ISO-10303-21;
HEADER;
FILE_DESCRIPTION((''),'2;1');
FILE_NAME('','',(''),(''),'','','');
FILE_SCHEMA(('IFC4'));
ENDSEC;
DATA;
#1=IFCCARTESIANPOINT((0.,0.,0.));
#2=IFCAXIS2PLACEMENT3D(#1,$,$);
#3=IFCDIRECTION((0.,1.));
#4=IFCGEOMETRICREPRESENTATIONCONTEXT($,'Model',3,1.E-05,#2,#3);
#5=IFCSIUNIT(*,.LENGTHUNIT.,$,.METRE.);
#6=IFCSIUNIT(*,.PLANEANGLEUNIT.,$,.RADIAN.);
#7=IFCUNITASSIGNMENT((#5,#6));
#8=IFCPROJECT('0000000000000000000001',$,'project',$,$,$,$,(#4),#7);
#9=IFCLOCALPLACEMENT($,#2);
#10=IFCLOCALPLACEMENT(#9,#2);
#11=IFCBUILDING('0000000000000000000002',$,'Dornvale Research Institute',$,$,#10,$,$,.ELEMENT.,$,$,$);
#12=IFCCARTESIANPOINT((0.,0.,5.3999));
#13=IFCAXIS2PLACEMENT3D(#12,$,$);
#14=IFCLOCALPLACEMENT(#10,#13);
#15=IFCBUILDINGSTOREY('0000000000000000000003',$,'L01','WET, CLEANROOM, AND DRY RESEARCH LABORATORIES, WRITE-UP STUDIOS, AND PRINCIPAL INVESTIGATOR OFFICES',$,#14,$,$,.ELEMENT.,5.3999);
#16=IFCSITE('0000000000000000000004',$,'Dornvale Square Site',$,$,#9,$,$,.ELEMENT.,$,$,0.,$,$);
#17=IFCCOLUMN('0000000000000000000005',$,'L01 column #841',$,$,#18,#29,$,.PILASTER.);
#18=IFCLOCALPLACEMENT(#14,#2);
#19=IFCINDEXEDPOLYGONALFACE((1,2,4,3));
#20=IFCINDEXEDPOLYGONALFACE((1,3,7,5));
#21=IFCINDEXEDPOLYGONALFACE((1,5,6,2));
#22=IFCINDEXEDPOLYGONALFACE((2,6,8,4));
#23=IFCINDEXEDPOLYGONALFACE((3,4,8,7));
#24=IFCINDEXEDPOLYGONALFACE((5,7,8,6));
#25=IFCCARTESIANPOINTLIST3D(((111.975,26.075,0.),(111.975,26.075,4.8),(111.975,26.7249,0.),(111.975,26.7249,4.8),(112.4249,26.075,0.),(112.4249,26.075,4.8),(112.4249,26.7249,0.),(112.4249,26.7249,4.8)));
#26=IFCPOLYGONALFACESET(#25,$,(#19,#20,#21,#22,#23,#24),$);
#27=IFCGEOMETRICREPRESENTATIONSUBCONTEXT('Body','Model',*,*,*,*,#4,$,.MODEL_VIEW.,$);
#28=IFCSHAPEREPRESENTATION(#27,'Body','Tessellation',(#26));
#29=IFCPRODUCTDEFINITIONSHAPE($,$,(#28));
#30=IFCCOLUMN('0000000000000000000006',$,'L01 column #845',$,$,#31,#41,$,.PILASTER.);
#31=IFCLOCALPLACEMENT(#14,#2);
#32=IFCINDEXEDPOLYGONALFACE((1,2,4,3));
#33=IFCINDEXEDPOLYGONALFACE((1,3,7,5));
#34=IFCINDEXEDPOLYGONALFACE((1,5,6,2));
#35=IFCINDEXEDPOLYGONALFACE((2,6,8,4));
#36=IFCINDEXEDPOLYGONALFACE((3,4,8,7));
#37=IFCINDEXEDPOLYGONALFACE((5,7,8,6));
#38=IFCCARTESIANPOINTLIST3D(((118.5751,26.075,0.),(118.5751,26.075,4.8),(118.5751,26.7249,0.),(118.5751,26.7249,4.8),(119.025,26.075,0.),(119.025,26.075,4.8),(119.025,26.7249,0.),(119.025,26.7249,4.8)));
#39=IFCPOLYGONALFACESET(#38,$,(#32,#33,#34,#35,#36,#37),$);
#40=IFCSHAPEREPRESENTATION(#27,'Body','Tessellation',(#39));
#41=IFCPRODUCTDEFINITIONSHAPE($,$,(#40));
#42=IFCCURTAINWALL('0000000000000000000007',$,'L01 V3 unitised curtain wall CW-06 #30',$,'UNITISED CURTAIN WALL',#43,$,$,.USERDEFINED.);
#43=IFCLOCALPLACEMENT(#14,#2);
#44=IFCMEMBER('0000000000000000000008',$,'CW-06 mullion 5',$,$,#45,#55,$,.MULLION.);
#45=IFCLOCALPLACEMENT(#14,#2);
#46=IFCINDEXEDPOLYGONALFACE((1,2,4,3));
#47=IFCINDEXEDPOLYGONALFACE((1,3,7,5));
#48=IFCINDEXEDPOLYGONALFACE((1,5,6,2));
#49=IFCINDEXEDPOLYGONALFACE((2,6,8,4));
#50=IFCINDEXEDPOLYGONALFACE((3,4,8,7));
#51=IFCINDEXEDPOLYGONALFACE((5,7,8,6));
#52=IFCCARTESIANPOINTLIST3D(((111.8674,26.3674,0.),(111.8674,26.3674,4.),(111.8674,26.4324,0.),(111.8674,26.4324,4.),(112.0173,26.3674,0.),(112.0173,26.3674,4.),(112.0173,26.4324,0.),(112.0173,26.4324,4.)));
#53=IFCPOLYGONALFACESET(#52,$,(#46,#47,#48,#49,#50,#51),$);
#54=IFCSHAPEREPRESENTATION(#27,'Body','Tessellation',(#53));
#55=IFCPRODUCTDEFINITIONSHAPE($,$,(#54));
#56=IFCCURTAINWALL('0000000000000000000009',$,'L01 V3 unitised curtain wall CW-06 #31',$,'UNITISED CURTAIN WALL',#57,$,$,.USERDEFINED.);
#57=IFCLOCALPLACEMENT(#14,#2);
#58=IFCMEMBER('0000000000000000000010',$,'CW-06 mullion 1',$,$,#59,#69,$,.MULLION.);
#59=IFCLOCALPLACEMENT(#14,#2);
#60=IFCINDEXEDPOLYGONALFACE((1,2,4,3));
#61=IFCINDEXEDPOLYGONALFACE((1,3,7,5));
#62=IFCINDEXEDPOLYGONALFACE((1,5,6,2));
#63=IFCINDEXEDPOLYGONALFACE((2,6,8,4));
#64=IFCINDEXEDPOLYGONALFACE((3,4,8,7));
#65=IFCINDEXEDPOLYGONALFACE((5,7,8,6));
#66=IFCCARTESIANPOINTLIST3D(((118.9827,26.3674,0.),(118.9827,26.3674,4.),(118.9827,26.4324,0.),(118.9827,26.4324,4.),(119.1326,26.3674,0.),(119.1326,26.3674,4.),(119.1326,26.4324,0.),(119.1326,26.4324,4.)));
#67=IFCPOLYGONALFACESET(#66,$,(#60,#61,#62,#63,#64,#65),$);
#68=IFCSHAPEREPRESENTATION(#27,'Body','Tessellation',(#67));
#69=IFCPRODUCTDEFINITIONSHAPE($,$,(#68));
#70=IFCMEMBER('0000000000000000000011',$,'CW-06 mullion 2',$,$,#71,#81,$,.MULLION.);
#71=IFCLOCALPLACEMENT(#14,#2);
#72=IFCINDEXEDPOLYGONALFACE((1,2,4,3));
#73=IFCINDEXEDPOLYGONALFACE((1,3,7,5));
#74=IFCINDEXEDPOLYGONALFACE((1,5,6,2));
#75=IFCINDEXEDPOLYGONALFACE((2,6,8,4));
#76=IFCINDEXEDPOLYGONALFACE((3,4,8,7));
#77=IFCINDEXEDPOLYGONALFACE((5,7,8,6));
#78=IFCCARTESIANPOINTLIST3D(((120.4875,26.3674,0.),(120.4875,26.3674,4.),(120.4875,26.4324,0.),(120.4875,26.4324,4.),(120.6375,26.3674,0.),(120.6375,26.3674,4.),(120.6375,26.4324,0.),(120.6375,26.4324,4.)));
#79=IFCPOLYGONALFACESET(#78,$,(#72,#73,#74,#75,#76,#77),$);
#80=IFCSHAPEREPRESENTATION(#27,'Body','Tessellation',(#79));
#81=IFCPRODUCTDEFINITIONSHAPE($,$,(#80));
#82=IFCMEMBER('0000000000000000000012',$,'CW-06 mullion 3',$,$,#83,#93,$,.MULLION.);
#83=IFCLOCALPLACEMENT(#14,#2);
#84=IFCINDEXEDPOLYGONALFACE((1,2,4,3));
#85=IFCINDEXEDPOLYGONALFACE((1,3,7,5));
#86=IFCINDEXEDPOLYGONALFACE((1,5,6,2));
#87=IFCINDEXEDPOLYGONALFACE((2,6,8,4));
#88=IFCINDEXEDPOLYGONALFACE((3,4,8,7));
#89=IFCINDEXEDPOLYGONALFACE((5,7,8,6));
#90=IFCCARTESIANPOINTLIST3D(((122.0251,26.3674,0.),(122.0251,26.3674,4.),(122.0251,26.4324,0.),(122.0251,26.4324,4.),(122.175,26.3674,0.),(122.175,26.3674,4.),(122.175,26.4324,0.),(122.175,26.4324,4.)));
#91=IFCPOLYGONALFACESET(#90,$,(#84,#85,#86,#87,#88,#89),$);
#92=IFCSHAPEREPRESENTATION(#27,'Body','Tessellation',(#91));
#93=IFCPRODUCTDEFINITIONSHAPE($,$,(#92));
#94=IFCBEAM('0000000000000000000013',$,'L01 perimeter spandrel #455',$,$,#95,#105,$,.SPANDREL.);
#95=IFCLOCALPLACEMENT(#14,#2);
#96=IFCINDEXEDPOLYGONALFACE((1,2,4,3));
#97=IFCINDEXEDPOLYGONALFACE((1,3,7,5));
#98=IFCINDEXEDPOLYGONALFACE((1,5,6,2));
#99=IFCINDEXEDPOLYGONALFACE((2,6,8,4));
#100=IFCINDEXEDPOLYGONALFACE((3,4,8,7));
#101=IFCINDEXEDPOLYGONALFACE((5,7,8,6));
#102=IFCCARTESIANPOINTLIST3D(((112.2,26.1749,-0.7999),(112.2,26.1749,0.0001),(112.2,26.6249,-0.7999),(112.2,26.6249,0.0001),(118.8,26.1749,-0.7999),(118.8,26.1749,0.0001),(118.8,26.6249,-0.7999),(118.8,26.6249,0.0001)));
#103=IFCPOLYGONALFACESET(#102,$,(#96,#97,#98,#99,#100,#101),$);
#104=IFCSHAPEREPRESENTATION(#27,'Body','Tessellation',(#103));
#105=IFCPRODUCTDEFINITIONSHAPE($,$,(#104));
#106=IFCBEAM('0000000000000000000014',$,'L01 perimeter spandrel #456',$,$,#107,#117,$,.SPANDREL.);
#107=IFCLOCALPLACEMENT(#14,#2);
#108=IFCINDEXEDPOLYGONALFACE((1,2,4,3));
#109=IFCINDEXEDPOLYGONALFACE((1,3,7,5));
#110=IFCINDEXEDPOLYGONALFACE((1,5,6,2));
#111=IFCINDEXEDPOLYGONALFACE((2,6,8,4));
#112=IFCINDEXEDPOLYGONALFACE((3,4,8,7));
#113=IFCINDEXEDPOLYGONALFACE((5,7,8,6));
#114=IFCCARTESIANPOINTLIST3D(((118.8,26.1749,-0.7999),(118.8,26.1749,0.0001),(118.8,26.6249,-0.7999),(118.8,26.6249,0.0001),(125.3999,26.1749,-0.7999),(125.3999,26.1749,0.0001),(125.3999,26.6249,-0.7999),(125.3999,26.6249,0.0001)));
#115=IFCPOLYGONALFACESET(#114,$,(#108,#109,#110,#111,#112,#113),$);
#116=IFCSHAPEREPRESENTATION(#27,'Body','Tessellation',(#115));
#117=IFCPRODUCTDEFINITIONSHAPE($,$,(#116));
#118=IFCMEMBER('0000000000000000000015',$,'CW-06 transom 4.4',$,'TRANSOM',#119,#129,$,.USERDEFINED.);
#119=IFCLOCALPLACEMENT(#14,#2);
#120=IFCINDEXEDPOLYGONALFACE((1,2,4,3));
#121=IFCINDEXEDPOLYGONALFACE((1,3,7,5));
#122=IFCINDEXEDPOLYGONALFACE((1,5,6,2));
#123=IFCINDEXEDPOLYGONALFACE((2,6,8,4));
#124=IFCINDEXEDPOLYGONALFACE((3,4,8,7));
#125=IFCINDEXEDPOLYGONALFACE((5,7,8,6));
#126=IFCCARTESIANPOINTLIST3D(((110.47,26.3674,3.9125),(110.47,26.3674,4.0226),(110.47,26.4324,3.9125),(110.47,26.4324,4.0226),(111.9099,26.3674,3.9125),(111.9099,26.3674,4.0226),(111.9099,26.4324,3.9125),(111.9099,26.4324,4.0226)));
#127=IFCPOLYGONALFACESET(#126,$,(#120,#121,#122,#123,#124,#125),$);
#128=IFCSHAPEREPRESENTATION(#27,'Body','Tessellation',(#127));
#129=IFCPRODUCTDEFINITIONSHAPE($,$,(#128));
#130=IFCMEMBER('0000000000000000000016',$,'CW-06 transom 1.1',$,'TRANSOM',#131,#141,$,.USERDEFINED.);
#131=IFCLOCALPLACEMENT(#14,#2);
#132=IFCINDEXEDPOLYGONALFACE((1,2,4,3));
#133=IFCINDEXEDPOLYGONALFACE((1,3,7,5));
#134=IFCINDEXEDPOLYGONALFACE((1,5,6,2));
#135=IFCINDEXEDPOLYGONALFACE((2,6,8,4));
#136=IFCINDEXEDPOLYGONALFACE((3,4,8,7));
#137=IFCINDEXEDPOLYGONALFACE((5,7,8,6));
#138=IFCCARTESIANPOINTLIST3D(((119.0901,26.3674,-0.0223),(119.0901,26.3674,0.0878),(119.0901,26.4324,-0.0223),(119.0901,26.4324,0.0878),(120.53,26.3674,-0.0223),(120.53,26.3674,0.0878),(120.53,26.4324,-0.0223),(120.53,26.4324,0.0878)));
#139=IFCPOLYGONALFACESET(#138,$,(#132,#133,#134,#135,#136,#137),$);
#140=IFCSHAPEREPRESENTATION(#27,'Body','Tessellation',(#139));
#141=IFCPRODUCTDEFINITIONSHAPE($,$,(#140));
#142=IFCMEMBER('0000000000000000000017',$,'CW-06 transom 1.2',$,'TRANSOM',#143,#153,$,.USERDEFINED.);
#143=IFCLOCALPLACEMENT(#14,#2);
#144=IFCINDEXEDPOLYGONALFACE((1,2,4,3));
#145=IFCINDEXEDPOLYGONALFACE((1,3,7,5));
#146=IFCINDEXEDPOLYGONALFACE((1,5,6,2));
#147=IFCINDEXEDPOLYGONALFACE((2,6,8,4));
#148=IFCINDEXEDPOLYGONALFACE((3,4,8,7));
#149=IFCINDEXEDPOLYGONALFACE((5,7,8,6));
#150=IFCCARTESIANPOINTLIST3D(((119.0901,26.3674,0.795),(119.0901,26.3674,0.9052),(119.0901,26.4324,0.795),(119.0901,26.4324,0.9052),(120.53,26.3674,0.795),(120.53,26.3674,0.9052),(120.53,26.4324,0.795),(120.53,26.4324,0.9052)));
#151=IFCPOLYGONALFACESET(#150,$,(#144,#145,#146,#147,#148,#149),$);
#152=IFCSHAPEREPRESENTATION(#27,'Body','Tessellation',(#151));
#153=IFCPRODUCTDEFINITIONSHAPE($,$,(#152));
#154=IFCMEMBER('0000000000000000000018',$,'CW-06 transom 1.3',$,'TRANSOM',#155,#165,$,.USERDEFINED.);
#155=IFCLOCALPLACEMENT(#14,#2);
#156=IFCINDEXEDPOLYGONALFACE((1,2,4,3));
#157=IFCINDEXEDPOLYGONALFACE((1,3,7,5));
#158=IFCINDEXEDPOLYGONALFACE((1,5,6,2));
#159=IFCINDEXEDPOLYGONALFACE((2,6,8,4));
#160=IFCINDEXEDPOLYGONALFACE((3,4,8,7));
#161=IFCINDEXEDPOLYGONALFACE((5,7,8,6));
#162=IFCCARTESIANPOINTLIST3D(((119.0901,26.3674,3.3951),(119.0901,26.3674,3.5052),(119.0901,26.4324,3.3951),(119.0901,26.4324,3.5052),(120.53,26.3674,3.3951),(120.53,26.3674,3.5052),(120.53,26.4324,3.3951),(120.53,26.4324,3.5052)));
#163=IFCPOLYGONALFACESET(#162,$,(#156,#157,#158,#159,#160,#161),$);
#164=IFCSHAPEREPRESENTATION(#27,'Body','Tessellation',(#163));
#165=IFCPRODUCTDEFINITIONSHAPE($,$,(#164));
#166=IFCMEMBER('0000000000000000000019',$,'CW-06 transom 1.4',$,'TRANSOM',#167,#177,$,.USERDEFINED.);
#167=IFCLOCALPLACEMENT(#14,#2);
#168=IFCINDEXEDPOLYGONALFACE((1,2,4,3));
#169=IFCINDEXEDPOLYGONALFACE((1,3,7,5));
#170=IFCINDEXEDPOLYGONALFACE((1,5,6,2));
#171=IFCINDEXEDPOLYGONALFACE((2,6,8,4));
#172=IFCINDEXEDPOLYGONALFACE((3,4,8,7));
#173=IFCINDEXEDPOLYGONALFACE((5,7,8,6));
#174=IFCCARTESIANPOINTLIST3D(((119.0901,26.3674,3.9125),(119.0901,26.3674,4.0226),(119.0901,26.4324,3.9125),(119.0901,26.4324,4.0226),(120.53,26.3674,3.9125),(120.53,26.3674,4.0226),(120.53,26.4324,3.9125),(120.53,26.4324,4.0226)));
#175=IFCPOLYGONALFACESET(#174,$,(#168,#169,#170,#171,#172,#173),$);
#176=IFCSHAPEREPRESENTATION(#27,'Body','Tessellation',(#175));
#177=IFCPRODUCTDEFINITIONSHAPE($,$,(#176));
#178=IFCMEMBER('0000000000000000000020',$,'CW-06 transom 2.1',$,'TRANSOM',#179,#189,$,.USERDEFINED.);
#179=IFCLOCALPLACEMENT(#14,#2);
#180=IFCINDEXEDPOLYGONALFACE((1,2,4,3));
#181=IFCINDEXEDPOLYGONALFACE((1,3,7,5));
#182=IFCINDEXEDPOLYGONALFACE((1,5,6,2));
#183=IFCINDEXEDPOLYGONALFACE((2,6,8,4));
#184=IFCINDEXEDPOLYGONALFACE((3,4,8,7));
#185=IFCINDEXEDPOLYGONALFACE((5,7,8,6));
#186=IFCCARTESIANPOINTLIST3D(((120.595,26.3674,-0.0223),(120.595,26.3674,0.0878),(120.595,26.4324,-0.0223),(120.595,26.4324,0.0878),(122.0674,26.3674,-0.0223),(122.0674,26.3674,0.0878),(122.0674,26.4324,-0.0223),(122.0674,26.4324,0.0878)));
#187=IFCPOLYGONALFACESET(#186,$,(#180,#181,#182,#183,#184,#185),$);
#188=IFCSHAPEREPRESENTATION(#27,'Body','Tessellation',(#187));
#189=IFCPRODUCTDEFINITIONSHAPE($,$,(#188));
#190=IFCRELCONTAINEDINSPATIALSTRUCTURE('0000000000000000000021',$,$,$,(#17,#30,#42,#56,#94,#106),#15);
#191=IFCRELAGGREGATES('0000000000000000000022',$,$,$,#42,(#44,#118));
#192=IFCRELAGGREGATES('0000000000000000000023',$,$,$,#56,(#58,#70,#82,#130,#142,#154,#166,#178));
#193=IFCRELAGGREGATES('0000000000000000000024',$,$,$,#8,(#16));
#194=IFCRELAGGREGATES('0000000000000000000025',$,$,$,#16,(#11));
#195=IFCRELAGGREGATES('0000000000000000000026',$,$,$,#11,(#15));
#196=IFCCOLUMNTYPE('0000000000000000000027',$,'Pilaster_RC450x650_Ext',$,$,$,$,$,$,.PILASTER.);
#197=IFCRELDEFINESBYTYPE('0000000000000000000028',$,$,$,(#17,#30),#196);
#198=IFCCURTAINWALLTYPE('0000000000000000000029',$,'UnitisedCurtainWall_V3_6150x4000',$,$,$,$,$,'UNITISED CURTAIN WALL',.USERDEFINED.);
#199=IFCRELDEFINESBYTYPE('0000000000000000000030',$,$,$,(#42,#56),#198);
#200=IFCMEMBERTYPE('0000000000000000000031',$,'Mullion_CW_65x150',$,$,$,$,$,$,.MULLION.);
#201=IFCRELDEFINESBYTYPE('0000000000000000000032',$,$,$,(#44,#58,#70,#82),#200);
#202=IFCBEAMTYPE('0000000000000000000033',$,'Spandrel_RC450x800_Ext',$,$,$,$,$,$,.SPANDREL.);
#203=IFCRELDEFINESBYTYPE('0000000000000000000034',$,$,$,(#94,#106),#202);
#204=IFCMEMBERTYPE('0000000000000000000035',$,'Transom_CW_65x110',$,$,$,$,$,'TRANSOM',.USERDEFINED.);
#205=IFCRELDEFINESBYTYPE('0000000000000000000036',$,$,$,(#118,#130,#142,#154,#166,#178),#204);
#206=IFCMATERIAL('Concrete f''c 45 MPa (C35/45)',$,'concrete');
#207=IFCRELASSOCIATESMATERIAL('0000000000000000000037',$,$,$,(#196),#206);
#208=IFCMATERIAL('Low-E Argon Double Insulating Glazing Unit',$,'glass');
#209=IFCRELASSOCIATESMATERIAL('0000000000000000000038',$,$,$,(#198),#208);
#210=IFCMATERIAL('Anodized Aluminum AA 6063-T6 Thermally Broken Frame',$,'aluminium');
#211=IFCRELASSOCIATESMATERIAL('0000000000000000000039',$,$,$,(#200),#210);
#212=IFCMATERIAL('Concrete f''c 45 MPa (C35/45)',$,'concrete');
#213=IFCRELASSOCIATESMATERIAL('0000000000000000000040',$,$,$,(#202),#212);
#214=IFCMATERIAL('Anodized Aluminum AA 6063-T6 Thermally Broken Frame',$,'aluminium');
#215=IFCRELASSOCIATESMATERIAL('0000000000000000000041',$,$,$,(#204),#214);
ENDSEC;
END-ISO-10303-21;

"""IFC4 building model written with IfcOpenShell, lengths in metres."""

from ifc_helpers import new_model, si_unit, direction, frame, origin, origin_2d, place, context, subcontext, project, spatial, rectangle, extrude, material, material_profile, profile_set, type_object, element, aggregate, save


model = new_model("IFC4")

# Units and contexts
model_context = context("Model", 3, precision=1e-05, world=origin(), true_north=direction((0.0, 1.0)))
body_context = subcontext(model_context, "Body", "Model", "MODEL_VIEW")
ifc_project = project(units=[si_unit("LENGTHUNIT", "METRE"), si_unit("PLANEANGLEUNIT", "RADIAN")], contexts=[model_context])

# Site, building, storey
site_placement = place(None, origin())
site = spatial("IfcSite", under=ifc_project, at=site_placement, Name="Dornvale Square Site", CompositionType="ELEMENT", RefElevation=0.0)
building_placement = place(site_placement, origin())
building = spatial("IfcBuilding", under=site, at=building_placement, Name="Dornvale Research Institute", CompositionType="ELEMENT")
storey_placement = place(building_placement, frame((0.0, 0.0, 5.3999)))
storey = spatial("IfcBuildingStorey", under=building, at=storey_placement, Name="L01", Description="WET, CLEANROOM, AND DRY RESEARCH LABORATORIES, WRITE-UP STUDIOS, AND PRINCIPAL INVESTIGATOR OFFICES", CompositionType="ELEMENT", Elevation=5.3999)

# Columns
ifc_material_1 = material(Name="Concrete f'c 45 MPa (C35/45)", Category="concrete")
ifc_material_profile_1 = material_profile(ifc_material_1, rectangle(XDim=0.45, YDim=0.6499, at=origin_2d()), Name="RC 450x650")
ifc_profile_set_1 = profile_set([ifc_material_profile_1], Name="Concrete f'c 45 MPa (C35/45)")
column_type = type_object("IfcColumnType", Name="Pilaster_RC450x650_Ext", PredefinedType="PILASTER", material=ifc_profile_set_1)
for number, where, z_axis, x_axis, name in (
    (1, (112.2, 26.3999, 0.0), (0.0, 0.0, 1.0), (1.0, 0.0, 0.0), "L01 column #841"),
    (2, (118.8, 26.3999, 0.0), (0.0, 0.0, 1.0), (1.0, 0.0, 0.0), "L01 column #845"),
):
    element("IfcColumn", number, at=place(storey_placement, frame(where, z_axis=z_axis, x_axis=x_axis)), inside=storey, type_object=column_type, Name=name, PredefinedType="PILASTER", context=body_context, shape_type="SweptSolid", body=[
        extrude(rectangle(XDim=0.45, YDim=0.6499, at=origin_2d()), origin(), (0.0, 0.0, 1.0), 4.8),
    ])

# Curtain wall, member
ifc_material_2 = material(Name="Low-E Argon Double Insulating Glazing Unit", Category="glass")
curtain_wall_type = type_object("IfcCurtainWallType", Name="UnitisedCurtainWall_V3_6150x4000", ElementType="UNITISED CURTAIN WALL", PredefinedType="USERDEFINED", material=ifc_material_2)
curtain_wall_1_placement = place(storey_placement, origin())
curtain_wall_1 = element("IfcCurtainWall", 3, at=curtain_wall_1_placement, inside=storey, type_object=curtain_wall_type, Name="L01 V3 unitised curtain wall CW-06 #30", ObjectType="UNITISED CURTAIN WALL", PredefinedType="USERDEFINED")
ifc_material_3 = material(Name="Anodized Aluminum AA 6063-T6 Thermally Broken Frame", Category="aluminium")
ifc_material_profile_2 = material_profile(ifc_material_3, rectangle(XDim=0.0649, YDim=0.1499, at=origin_2d()), Name="ALU MULLION 65x150")
ifc_profile_set_2 = profile_set([ifc_material_profile_2], Name="Anodized Aluminum AA 6063-T6 Thermally Broken Frame")
member_type_1 = type_object("IfcMemberType", Name="Mullion_CW_65x150", PredefinedType="MULLION", material=ifc_profile_set_2)
member_1_placement = place(storey_placement, frame((111.9424, 26.3999, 0.0), z_axis=(0.0, 0.0, 1.0), x_axis=(0.0, 1.0, 0.0)))
member_1 = element("IfcMember", 4, at=member_1_placement, type_object=member_type_1, Name="CW-06 mullion 5", PredefinedType="MULLION", context=body_context, shape_type="SweptSolid", body=[
    extrude(rectangle(XDim=0.0649, YDim=0.1499, at=origin_2d()), origin(), (0.0, 0.0, 1.0), 4.0),
])

# Curtain wall, members
curtain_wall_2_placement = place(storey_placement, origin())
curtain_wall_2 = element("IfcCurtainWall", 5, at=curtain_wall_2_placement, inside=storey, type_object=curtain_wall_type, Name="L01 V3 unitised curtain wall CW-06 #31", ObjectType="UNITISED CURTAIN WALL", PredefinedType="USERDEFINED")
member_2_placement = place(storey_placement, frame((119.0576, 26.3999, 0.0), z_axis=(0.0, 0.0, 1.0), x_axis=(0.0, 1.0, 0.0)))
member_2 = element("IfcMember", 6, at=member_2_placement, type_object=member_type_1, Name="CW-06 mullion 1", PredefinedType="MULLION", context=body_context, shape_type="SweptSolid", body=[
    extrude(rectangle(XDim=0.0649, YDim=0.1499, at=origin_2d()), origin(), (0.0, 0.0, 1.0), 4.0),
])
member_3_placement = place(storey_placement, frame((120.5625, 26.3999, 0.0), z_axis=(0.0, 0.0, 1.0), x_axis=(0.0, 1.0, 0.0)))
member_3 = element("IfcMember", 7, at=member_3_placement, type_object=member_type_1, Name="CW-06 mullion 2", PredefinedType="MULLION", context=body_context, shape_type="SweptSolid", body=[
    extrude(rectangle(XDim=0.0649, YDim=0.1499, at=origin_2d()), origin(), (0.0, 0.0, 1.0), 4.0),
])
member_4_placement = place(storey_placement, frame((122.1001, 26.3999, 0.0), z_axis=(0.0, 0.0, 1.0), x_axis=(0.0, 1.0, 0.0)))
member_4 = element("IfcMember", 8, at=member_4_placement, type_object=member_type_1, Name="CW-06 mullion 3", PredefinedType="MULLION", context=body_context, shape_type="SweptSolid", body=[
    extrude(rectangle(XDim=0.0649, YDim=0.1499, at=origin_2d()), origin(), (0.0, 0.0, 1.0), 4.0),
])

# Beams
ifc_material_4 = material(Name="Concrete f'c 45 MPa (C35/45)", Category="concrete")
ifc_material_profile_3 = material_profile(ifc_material_4, rectangle(XDim=0.45, YDim=0.8, at=origin_2d()), Name="RC 450x800")
ifc_profile_set_3 = profile_set([ifc_material_profile_3], Name="Concrete f'c 45 MPa (C35/45)")
beam_type = type_object("IfcBeamType", Name="Spandrel_RC450x800_Ext", PredefinedType="SPANDREL", material=ifc_profile_set_3)
beam_1_placement = place(storey_placement, frame((112.2, 26.3999, -0.3999), z_axis=(1.0, 0.0, 0.0), x_axis=(0.0, 1.0, 0.0)))
element("IfcBeam", 9, at=beam_1_placement, inside=storey, type_object=beam_type, Name="L01 perimeter spandrel #455", PredefinedType="SPANDREL", context=body_context, shape_type="SweptSolid", body=[
    extrude(rectangle(XDim=0.45, YDim=0.8, at=origin_2d()), origin(), (0.0, 0.0, 1.0), 6.6001),
])
beam_2_placement = place(storey_placement, frame((118.8, 26.3999, -0.3999), z_axis=(1.0, 0.0, 0.0), x_axis=(0.0, 1.0, 0.0)))
element("IfcBeam", 10, at=beam_2_placement, inside=storey, type_object=beam_type, Name="L01 perimeter spandrel #456", PredefinedType="SPANDREL", context=body_context, shape_type="SweptSolid", body=[
    extrude(rectangle(XDim=0.45, YDim=0.8, at=origin_2d()), origin(), (0.0, 0.0, 1.0), 6.5999),
])

# Members
ifc_material_5 = material(Name="Anodized Aluminum AA 6063-T6 Thermally Broken Frame", Category="aluminium")
ifc_material_profile_4 = material_profile(ifc_material_5, rectangle(XDim=0.0649, YDim=0.1101, at=origin_2d()), Name="ALU TRANSOM 65x110")
ifc_profile_set_4 = profile_set([ifc_material_profile_4], Name="Anodized Aluminum AA 6063-T6 Thermally Broken Frame")
member_type_2 = type_object("IfcMemberType", Name="Transom_CW_65x110", ElementType="TRANSOM", PredefinedType="USERDEFINED", material=ifc_profile_set_4)
member_5_placement = place(storey_placement, frame((110.47, 26.3999, 3.9675), z_axis=(1.0, 0.0, 0.0), x_axis=(0.0, 1.0, 0.0)))
member_5 = element("IfcMember", 11, at=member_5_placement, type_object=member_type_2, Name="CW-06 transom 4.4", ObjectType="TRANSOM", PredefinedType="USERDEFINED", context=body_context, shape_type="SweptSolid", body=[
    extrude(rectangle(XDim=0.0649, YDim=0.1101, at=origin_2d()), origin(), (0.0, 0.0, 1.0), 1.4399),
])
member_6_placement = place(storey_placement, frame((119.0901, 26.3999, 0.0327), z_axis=(1.0, 0.0, 0.0), x_axis=(0.0, 1.0, 0.0)))
member_6 = element("IfcMember", 12, at=member_6_placement, type_object=member_type_2, Name="CW-06 transom 1.1", ObjectType="TRANSOM", PredefinedType="USERDEFINED", context=body_context, shape_type="SweptSolid", body=[
    extrude(rectangle(XDim=0.0649, YDim=0.1101, at=origin_2d()), origin(), (0.0, 0.0, 1.0), 1.4399),
])
member_7_placement = place(storey_placement, frame((119.0901, 26.3999, 0.8501), z_axis=(1.0, 0.0, 0.0), x_axis=(0.0, 1.0, 0.0)))
member_7 = element("IfcMember", 13, at=member_7_placement, type_object=member_type_2, Name="CW-06 transom 1.2", ObjectType="TRANSOM", PredefinedType="USERDEFINED", context=body_context, shape_type="SweptSolid", body=[
    extrude(rectangle(XDim=0.0649, YDim=0.1101, at=origin_2d()), origin(), (0.0, 0.0, 1.0), 1.4399),
])
member_8_placement = place(storey_placement, frame((119.0901, 26.3999, 3.4502), z_axis=(1.0, 0.0, 0.0), x_axis=(0.0, 1.0, 0.0)))
member_8 = element("IfcMember", 14, at=member_8_placement, type_object=member_type_2, Name="CW-06 transom 1.3", ObjectType="TRANSOM", PredefinedType="USERDEFINED", context=body_context, shape_type="SweptSolid", body=[
    extrude(rectangle(XDim=0.0649, YDim=0.1101, at=origin_2d()), origin(), (0.0, 0.0, 1.0), 1.4399),
])
member_9_placement = place(storey_placement, frame((119.0901, 26.3999, 3.9675), z_axis=(1.0, 0.0, 0.0), x_axis=(0.0, 1.0, 0.0)))
member_9 = element("IfcMember", 15, at=member_9_placement, type_object=member_type_2, Name="CW-06 transom 1.4", ObjectType="TRANSOM", PredefinedType="USERDEFINED", context=body_context, shape_type="SweptSolid", body=[
    extrude(rectangle(XDim=0.0649, YDim=0.1101, at=origin_2d()), origin(), (0.0, 0.0, 1.0), 1.4399),
])
member_10_placement = place(storey_placement, frame((120.595, 26.3999, 0.0327), z_axis=(1.0, 0.0, 0.0), x_axis=(0.0, 1.0, 0.0)))
member_10 = element("IfcMember", 16, at=member_10_placement, type_object=member_type_2, Name="CW-06 transom 2.1", ObjectType="TRANSOM", PredefinedType="USERDEFINED", context=body_context, shape_type="SweptSolid", body=[
    extrude(rectangle(XDim=0.0649, YDim=0.1101, at=origin_2d()), origin(), (0.0, 0.0, 1.0), 1.4724),
])

aggregate(curtain_wall_1, [member_1, member_5])
aggregate(curtain_wall_2, [member_2, member_3, member_4, member_6, member_7, member_8, member_9, member_10])

save(model, "model.ifc")
